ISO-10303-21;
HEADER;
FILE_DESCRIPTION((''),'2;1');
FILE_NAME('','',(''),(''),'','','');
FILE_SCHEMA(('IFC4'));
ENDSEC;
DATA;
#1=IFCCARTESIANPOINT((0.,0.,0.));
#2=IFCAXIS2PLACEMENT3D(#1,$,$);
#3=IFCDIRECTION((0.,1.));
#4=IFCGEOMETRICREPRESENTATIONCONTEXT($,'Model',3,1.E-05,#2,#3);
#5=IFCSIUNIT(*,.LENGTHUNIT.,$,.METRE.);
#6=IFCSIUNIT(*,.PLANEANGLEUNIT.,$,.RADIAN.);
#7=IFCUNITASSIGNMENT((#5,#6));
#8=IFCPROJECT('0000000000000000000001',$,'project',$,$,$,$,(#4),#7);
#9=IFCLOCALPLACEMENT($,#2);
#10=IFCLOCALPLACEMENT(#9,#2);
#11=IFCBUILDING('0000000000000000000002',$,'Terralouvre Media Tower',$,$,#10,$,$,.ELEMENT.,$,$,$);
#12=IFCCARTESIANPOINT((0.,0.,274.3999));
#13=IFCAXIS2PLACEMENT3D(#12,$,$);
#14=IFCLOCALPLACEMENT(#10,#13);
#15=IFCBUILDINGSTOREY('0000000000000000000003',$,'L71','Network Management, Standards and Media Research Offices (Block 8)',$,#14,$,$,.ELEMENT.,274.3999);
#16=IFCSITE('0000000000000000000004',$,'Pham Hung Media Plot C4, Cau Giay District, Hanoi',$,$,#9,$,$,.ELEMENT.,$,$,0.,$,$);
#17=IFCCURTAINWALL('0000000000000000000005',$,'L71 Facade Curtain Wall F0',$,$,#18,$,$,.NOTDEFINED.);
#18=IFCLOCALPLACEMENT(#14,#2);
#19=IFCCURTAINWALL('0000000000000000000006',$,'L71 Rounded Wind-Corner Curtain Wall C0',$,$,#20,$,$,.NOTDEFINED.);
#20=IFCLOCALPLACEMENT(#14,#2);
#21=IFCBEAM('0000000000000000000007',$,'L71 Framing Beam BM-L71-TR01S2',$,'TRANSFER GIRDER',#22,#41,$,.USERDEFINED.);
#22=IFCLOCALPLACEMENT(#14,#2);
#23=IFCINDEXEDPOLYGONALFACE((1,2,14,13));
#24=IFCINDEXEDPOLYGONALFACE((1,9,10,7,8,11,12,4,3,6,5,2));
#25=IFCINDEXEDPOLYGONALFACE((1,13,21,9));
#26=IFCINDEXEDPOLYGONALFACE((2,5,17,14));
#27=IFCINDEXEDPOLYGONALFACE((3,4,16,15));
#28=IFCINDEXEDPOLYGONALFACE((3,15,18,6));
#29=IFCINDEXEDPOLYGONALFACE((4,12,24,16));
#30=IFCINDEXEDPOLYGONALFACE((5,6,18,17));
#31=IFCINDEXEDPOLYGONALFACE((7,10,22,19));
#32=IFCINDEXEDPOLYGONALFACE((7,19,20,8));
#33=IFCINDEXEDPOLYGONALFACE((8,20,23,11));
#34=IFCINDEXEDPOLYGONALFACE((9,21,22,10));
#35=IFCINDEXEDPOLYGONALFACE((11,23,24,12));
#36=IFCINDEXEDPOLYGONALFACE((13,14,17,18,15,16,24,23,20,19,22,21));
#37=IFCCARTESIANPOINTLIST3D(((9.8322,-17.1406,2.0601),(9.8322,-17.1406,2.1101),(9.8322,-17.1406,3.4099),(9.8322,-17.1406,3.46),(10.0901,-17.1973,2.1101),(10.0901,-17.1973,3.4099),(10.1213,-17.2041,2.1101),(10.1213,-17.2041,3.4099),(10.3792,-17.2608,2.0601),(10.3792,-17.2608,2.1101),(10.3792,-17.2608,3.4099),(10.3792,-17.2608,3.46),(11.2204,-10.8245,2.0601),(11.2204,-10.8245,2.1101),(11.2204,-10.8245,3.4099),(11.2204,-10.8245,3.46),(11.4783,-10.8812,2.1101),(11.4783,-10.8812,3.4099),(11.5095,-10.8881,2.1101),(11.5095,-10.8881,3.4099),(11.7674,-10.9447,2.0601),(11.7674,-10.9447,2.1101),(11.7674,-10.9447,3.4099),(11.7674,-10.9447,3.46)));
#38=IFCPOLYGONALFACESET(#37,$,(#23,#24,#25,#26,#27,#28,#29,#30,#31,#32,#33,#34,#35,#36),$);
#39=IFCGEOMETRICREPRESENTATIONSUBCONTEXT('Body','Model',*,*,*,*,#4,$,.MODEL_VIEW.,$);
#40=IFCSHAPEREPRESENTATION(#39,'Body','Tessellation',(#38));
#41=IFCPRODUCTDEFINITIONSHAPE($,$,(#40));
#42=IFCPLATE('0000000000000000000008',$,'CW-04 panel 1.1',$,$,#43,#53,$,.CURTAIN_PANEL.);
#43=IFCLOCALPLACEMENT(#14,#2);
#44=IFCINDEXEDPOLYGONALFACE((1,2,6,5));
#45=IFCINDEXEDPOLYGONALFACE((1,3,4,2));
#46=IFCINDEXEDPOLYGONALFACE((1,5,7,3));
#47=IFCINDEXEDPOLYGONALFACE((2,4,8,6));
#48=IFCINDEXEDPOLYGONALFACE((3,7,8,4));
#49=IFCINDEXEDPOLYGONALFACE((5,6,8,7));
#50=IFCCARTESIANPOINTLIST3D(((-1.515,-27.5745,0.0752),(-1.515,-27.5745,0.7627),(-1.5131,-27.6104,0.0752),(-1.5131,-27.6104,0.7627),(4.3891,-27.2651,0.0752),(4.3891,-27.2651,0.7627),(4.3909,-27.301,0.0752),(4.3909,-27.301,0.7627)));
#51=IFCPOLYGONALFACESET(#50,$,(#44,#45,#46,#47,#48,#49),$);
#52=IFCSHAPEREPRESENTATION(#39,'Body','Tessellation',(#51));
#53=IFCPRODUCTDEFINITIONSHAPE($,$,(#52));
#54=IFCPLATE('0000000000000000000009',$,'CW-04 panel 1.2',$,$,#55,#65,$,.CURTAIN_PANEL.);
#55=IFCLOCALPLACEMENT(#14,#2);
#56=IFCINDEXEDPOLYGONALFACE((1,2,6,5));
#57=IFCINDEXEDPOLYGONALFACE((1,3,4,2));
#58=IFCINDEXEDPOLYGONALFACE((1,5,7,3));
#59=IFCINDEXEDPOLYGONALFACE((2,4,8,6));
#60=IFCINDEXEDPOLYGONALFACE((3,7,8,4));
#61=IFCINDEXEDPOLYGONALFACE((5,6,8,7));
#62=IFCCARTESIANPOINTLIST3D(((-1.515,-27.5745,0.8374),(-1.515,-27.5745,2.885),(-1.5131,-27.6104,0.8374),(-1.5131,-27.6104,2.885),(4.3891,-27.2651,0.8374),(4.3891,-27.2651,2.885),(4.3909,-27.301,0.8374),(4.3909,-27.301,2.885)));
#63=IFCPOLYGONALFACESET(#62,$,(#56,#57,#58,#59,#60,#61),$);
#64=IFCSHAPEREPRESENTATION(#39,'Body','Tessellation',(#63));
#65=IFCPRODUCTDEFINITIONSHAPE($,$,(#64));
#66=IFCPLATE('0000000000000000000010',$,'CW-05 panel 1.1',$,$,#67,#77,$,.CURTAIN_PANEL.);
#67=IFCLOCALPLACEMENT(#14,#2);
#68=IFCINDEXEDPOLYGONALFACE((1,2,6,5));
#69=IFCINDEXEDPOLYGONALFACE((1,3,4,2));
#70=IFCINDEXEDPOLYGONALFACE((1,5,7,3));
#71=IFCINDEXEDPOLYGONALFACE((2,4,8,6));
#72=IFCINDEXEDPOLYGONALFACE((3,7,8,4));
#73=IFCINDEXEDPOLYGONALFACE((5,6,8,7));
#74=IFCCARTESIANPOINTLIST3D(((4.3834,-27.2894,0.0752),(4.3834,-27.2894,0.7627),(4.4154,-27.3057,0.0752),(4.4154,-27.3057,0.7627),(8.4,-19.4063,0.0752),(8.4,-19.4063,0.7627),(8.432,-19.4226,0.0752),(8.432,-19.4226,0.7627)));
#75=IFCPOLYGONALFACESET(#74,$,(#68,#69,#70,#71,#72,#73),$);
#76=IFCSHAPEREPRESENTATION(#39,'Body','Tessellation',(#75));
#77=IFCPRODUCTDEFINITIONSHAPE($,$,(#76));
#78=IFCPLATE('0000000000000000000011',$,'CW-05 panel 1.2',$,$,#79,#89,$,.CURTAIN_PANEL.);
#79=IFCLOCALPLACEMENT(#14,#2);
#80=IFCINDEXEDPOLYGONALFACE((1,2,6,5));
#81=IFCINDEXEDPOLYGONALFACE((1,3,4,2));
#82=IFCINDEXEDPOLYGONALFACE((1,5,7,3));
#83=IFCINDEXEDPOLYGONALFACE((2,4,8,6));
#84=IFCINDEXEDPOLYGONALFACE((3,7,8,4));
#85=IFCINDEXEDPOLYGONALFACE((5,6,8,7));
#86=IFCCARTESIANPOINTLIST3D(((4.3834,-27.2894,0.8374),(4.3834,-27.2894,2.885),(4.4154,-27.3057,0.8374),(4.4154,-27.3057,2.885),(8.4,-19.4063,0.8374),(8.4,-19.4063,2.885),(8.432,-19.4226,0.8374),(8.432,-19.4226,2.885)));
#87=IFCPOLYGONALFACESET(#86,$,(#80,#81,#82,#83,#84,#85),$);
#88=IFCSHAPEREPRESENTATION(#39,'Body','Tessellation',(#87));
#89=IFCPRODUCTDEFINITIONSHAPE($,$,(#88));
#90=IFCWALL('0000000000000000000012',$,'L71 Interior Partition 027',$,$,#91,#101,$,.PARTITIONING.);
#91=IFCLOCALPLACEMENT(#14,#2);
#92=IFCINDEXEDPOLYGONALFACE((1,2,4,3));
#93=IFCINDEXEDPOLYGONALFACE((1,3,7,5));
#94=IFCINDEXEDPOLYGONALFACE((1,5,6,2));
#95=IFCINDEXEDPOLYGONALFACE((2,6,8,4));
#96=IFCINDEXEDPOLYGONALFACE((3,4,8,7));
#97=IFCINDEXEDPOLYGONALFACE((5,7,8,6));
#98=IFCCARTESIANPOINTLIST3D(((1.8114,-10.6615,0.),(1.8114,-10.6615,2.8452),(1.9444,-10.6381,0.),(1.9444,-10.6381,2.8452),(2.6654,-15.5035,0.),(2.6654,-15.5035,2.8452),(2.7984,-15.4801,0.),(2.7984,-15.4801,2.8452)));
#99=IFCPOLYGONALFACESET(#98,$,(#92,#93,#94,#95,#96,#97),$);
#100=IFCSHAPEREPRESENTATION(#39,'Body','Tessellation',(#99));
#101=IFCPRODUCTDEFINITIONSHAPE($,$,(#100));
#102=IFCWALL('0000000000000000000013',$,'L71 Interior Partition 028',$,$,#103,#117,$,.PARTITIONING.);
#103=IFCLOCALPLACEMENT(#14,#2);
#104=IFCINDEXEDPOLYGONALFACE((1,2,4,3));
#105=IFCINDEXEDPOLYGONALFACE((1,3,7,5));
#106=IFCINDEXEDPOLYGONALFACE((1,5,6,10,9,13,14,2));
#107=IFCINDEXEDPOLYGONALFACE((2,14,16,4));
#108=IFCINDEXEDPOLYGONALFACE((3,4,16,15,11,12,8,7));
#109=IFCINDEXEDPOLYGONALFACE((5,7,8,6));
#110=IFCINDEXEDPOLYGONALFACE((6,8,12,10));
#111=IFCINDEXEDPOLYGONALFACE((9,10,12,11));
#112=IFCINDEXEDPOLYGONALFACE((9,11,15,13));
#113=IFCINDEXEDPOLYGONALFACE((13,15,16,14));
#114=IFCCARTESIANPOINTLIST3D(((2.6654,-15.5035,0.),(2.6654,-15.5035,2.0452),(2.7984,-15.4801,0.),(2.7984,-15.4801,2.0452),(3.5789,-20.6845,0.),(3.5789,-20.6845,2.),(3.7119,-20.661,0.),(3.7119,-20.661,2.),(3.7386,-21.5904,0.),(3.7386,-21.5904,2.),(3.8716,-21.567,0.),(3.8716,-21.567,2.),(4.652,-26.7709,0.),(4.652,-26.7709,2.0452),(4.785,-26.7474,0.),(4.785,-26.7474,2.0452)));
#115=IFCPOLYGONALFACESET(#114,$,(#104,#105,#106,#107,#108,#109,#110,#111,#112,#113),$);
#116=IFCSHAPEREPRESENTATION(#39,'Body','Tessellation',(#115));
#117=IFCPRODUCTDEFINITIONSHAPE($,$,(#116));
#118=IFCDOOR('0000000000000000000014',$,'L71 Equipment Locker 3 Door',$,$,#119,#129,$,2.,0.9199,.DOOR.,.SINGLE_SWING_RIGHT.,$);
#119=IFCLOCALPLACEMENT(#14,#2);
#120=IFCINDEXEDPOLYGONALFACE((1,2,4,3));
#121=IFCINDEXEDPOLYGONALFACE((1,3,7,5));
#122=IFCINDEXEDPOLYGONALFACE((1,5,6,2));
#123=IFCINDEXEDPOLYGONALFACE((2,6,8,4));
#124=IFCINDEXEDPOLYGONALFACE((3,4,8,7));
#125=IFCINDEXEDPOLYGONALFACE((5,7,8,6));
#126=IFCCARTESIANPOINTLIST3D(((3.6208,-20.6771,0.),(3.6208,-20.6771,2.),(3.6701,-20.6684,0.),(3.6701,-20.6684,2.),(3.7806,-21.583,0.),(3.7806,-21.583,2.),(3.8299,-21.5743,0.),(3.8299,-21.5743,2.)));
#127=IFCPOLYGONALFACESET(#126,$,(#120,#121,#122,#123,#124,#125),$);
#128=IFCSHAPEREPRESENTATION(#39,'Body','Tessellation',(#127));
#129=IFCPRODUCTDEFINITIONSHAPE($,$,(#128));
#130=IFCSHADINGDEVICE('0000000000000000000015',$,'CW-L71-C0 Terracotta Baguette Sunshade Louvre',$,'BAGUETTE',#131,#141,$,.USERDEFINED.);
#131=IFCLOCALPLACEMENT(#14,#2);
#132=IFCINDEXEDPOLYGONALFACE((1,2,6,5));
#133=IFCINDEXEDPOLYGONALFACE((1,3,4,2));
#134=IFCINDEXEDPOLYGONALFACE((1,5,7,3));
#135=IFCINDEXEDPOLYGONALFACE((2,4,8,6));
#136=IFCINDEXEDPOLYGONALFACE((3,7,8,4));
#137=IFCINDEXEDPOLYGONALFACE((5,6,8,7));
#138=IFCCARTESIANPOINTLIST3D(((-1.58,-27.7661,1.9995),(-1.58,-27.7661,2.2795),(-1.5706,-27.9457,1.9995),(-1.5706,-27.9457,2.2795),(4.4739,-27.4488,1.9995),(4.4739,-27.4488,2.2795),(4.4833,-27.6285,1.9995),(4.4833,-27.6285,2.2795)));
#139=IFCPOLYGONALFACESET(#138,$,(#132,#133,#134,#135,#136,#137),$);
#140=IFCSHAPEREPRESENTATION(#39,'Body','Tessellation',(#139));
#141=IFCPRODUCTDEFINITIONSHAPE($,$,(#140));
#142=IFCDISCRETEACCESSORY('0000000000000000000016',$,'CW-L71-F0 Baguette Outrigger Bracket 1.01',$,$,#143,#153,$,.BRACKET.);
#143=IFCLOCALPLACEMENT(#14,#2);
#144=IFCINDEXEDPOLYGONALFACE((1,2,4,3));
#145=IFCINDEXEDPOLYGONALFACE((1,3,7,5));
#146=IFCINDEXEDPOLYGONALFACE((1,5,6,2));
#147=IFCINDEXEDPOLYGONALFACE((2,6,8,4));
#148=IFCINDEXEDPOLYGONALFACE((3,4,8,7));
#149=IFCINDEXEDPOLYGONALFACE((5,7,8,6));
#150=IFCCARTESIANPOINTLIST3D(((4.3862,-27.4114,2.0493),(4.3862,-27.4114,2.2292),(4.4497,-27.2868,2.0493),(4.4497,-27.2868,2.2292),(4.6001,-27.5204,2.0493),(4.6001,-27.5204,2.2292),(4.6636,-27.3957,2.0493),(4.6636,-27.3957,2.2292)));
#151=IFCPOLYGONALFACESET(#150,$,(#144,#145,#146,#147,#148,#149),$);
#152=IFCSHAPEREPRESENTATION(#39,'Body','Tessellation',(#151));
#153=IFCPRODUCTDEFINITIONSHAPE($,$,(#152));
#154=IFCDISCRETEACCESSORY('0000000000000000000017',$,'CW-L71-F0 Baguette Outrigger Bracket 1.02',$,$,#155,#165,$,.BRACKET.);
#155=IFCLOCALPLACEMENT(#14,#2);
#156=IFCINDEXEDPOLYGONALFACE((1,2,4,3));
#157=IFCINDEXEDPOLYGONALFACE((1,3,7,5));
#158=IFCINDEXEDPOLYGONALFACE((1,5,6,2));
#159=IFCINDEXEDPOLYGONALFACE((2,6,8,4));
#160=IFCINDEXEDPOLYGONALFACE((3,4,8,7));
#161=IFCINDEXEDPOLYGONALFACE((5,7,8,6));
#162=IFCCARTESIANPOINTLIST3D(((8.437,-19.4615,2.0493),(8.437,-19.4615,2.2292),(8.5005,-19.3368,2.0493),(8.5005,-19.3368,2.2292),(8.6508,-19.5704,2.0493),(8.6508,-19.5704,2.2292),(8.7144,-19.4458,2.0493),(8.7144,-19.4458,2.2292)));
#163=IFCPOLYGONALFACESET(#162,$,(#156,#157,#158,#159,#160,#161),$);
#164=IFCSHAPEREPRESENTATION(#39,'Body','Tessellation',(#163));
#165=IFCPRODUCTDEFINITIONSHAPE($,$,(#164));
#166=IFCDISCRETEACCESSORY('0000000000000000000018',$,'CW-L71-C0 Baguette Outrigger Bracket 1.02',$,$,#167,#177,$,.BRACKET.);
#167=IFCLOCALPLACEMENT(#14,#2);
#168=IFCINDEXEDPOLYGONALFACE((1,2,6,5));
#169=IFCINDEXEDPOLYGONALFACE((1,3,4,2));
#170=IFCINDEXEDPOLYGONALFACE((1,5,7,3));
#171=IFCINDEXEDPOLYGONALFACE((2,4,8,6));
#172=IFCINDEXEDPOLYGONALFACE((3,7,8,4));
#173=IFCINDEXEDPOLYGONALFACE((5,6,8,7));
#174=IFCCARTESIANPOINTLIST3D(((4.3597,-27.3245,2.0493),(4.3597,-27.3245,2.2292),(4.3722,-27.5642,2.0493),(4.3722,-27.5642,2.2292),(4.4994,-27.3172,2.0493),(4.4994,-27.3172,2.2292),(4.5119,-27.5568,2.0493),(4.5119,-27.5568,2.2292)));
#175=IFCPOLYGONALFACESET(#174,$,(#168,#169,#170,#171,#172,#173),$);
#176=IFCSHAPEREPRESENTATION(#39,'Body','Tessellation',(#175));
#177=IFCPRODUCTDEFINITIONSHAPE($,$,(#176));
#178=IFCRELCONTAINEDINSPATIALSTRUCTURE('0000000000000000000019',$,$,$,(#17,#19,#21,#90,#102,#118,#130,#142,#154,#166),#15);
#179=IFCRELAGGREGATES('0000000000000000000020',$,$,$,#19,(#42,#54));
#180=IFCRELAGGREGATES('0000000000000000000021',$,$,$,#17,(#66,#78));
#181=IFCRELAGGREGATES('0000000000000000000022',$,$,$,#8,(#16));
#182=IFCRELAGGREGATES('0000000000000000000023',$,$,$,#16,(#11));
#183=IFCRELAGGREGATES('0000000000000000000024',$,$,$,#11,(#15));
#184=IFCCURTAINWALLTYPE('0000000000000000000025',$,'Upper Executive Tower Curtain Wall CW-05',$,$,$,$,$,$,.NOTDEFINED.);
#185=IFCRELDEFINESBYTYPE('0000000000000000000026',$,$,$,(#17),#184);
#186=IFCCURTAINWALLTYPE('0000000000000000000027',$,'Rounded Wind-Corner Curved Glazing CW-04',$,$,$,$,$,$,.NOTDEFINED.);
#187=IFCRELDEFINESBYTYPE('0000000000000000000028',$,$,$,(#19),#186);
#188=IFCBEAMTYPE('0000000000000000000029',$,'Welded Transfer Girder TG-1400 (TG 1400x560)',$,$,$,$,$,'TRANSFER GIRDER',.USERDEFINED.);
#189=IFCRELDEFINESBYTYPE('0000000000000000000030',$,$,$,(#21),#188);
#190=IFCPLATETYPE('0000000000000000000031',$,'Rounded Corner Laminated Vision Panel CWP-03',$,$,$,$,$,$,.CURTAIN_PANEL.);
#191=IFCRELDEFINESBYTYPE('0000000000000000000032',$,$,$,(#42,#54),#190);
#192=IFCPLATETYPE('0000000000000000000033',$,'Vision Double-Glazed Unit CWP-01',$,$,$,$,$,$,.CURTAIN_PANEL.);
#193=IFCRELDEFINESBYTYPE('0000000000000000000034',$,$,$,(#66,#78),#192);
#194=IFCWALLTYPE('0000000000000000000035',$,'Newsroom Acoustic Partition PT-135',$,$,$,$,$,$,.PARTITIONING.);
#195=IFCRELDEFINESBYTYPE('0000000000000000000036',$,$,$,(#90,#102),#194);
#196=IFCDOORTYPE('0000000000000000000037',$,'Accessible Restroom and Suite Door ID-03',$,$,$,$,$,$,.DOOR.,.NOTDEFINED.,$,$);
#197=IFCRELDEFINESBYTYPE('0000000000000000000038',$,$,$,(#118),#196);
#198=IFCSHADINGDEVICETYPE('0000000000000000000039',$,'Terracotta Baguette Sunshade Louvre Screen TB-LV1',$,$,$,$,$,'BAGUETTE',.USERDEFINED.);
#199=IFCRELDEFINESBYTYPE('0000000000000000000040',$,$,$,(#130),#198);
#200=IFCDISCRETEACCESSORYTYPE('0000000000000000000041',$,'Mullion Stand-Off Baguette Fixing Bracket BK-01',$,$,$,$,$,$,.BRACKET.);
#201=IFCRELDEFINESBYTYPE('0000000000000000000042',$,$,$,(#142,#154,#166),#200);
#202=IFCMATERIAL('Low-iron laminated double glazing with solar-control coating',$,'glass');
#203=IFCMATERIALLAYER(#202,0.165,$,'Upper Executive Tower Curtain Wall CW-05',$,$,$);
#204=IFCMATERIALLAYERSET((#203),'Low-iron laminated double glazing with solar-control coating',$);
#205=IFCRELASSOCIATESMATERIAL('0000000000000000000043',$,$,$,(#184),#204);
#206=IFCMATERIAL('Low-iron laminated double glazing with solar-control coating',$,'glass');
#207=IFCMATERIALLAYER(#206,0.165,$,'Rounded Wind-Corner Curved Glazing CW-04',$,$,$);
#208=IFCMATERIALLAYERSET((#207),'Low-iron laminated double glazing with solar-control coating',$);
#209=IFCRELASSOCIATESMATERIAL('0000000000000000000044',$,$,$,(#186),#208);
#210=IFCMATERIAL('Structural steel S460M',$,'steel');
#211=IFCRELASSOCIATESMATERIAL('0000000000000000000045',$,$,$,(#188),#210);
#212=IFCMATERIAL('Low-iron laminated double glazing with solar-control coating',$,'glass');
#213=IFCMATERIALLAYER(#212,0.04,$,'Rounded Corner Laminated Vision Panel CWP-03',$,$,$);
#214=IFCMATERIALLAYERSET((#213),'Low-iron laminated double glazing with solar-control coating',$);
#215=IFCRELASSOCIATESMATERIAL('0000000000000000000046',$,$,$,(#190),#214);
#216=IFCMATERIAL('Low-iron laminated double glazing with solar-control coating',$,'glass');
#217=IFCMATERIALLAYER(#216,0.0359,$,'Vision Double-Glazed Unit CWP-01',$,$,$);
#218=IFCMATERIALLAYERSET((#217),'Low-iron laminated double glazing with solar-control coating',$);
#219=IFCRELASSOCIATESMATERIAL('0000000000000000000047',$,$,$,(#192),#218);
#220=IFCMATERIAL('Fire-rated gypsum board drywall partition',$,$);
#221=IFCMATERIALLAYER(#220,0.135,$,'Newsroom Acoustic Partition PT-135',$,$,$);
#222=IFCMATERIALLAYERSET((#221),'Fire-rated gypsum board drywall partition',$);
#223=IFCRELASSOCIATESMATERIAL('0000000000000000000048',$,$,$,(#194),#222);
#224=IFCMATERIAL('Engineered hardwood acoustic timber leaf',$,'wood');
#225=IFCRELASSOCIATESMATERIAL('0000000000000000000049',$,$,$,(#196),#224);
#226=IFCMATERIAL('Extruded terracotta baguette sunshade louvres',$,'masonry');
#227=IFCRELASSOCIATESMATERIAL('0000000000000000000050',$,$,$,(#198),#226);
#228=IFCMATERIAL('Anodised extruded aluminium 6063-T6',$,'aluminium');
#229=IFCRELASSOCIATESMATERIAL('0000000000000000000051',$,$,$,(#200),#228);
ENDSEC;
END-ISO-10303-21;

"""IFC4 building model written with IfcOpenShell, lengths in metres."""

from ifc_helpers import new_model, si_unit, direction, frame, frame_2d, origin, origin_2d, place, context, subcontext, project, spatial, rectangle, i_section, extrude, material, layer, layer_set, material_profile, profile_set, type_object, element, fill, aggregate, save


model = new_model("IFC4")

# Units and contexts
model_context = context("Model", 3, precision=1e-05, world=origin(), true_north=direction((0.0, 1.0)))
body_context = subcontext(model_context, "Body", "Model", "MODEL_VIEW")
ifc_project = project(units=[si_unit("LENGTHUNIT", "METRE"), si_unit("PLANEANGLEUNIT", "RADIAN")], contexts=[model_context])

# Site, building, storey
site_placement = place(None, origin())
site = spatial("IfcSite", under=ifc_project, at=site_placement, Name="Pham Hung Media Plot C4, Cau Giay District, Hanoi", CompositionType="ELEMENT", RefElevation=0.0)
building_placement = place(site_placement, origin())
building = spatial("IfcBuilding", under=site, at=building_placement, Name="Terralouvre Media Tower", CompositionType="ELEMENT")
storey_placement = place(building_placement, frame((0.0, 0.0, 274.3999)))
storey = spatial("IfcBuildingStorey", under=building, at=storey_placement, Name="L71", Description="Network Management, Standards and Media Research Offices (Block 8)", CompositionType="ELEMENT", Elevation=274.3999)

# Curtain wall
ifc_material_1 = material(Name="Low-iron laminated double glazing with solar-control coating", Category="glass")
ifc_layer_1 = layer(ifc_material_1, 0.165, Name="Upper Executive Tower Curtain Wall CW-05")
ifc_layer_set_1 = layer_set([ifc_layer_1], Name="Low-iron laminated double glazing with solar-control coating")
curtain_wall_type_1 = type_object("IfcCurtainWallType", Name="Upper Executive Tower Curtain Wall CW-05", PredefinedType="NOTDEFINED", material=ifc_layer_set_1)
curtain_wall_1_placement = place(storey_placement, origin())
curtain_wall_1 = element("IfcCurtainWall", 1, at=curtain_wall_1_placement, inside=storey, type_object=curtain_wall_type_1, Name="L71 Facade Curtain Wall F0", PredefinedType="NOTDEFINED")

# Curtain wall
ifc_material_2 = material(Name="Low-iron laminated double glazing with solar-control coating", Category="glass")
ifc_layer_2 = layer(ifc_material_2, 0.165, Name="Rounded Wind-Corner Curved Glazing CW-04")
ifc_layer_set_2 = layer_set([ifc_layer_2], Name="Low-iron laminated double glazing with solar-control coating")
curtain_wall_type_2 = type_object("IfcCurtainWallType", Name="Rounded Wind-Corner Curved Glazing CW-04", PredefinedType="NOTDEFINED", material=ifc_layer_set_2)
curtain_wall_2_placement = place(storey_placement, origin())
curtain_wall_2 = element("IfcCurtainWall", 2, at=curtain_wall_2_placement, inside=storey, type_object=curtain_wall_type_2, Name="L71 Rounded Wind-Corner Curtain Wall C0", PredefinedType="NOTDEFINED")

# Beam
ifc_material_3 = material(Name="Structural steel S460M", Category="steel")
ifc_material_profile_1 = material_profile(ifc_material_3, i_section(OverallWidth=0.5601, OverallDepth=1.3999, WebThickness=0.032, FlangeThickness=0.05, at=origin_2d()), Name="TG 1400x560")
ifc_profile_set_1 = profile_set([ifc_material_profile_1], Name="Structural steel S460M")
beam_type = type_object("IfcBeamType", Name="Welded Transfer Girder TG-1400 (TG 1400x560)", ElementType="TRANSFER GIRDER", PredefinedType="USERDEFINED", material=ifc_profile_set_1)
beam_1_placement = place(storey_placement, frame((10.1057, -17.2007, 2.76), z_axis=(0.214659, 0.976689, 0.0), x_axis=(-0.976689, 0.214659, 0.0)))
element("IfcBeam", 3, at=beam_1_placement, inside=storey, type_object=beam_type, Name="L71 Framing Beam BM-L71-TR01S2", ObjectType="TRANSFER GIRDER", PredefinedType="USERDEFINED", context=body_context, shape_type="SweptSolid", body=[
    extrude(i_section(OverallWidth=0.5601, OverallDepth=1.3999, WebThickness=0.032, FlangeThickness=0.05, at=origin_2d()), origin(), (0.0, 0.0, 1.0), 6.4668),
])

# Plates
ifc_material_4 = material(Name="Low-iron laminated double glazing with solar-control coating", Category="glass")
ifc_layer_3 = layer(ifc_material_4, 0.04, Name="Rounded Corner Laminated Vision Panel CWP-03")
ifc_layer_set_3 = layer_set([ifc_layer_3], Name="Low-iron laminated double glazing with solar-control coating")
plate_type_1 = type_object("IfcPlateType", Name="Rounded Corner Laminated Vision Panel CWP-03", PredefinedType="CURTAIN_PANEL", material=ifc_layer_set_3)
plate_1_placement = place(storey_placement, frame((1.438, -27.4377, 0.0752), z_axis=(0.0, 0.0, 1.0), x_axis=(0.99863, 0.052336, 0.0)))
plate_1 = element("IfcPlate", 4, at=plate_1_placement, type_object=plate_type_1, Name="CW-04 panel 1.1", PredefinedType="CURTAIN_PANEL", context=body_context, shape_type="SweptSolid", body=[
    extrude(rectangle(XDim=5.9121, YDim=0.0359, at=origin_2d()), origin(), (0.0, 0.0, 1.0), 0.6875),
])
plate_2_placement = place(storey_placement, frame((1.438, -27.4377, 0.8374), z_axis=(0.0, 0.0, 1.0), x_axis=(0.99863, 0.052336, 0.0)))
plate_2 = element("IfcPlate", 5, at=plate_2_placement, type_object=plate_type_1, Name="CW-04 panel 1.2", PredefinedType="CURTAIN_PANEL", context=body_context, shape_type="SweptSolid", body=[
    extrude(rectangle(XDim=5.9121, YDim=0.0359, at=origin_2d()), origin(), (0.0, 0.0, 1.0), 2.0476),
])
aggregate(curtain_wall_2, [plate_1, plate_2])
ifc_material_5 = material(Name="Low-iron laminated double glazing with solar-control coating", Category="glass")
ifc_layer_4 = layer(ifc_material_5, 0.0359, Name="Vision Double-Glazed Unit CWP-01")
ifc_layer_set_4 = layer_set([ifc_layer_4], Name="Low-iron laminated double glazing with solar-control coating")
plate_type_2 = type_object("IfcPlateType", Name="Vision Double-Glazed Unit CWP-01", PredefinedType="CURTAIN_PANEL", material=ifc_layer_set_4)
plate_3_placement = place(storey_placement, frame((6.4077, -23.356, 0.0752), z_axis=(0.0, 0.0, 1.0), x_axis=(0.45399, 0.891007, 0.0)))
plate_3 = element("IfcPlate", 6, at=plate_3_placement, type_object=plate_type_2, Name="CW-05 panel 1.1", PredefinedType="CURTAIN_PANEL", context=body_context, shape_type="SweptSolid", body=[
    extrude(rectangle(XDim=8.8474, YDim=0.0359, at=origin_2d()), origin(), (0.0, 0.0, 1.0), 0.6875),
])
plate_4_placement = place(storey_placement, frame((6.4077, -23.356, 0.8374), z_axis=(0.0, 0.0, 1.0), x_axis=(0.45399, 0.891007, 0.0)))
plate_4 = element("IfcPlate", 7, at=plate_4_placement, type_object=plate_type_2, Name="CW-05 panel 1.2", PredefinedType="CURTAIN_PANEL", context=body_context, shape_type="SweptSolid", body=[
    extrude(rectangle(XDim=8.8474, YDim=0.0359, at=origin_2d()), origin(), (0.0, 0.0, 1.0), 2.0476),
])
aggregate(curtain_wall_1, [plate_3, plate_4])

# Wall
ifc_material_6 = material(Name="Fire-rated gypsum board drywall partition")
ifc_layer_5 = layer(ifc_material_6, 0.135, Name="Newsroom Acoustic Partition PT-135")
ifc_layer_set_5 = layer_set([ifc_layer_5], Name="Fire-rated gypsum board drywall partition")
wall_type = type_object("IfcWallType", Name="Newsroom Acoustic Partition PT-135", PredefinedType="PARTITIONING", material=ifc_layer_set_5)
wall_1_placement = place(storey_placement, frame((2.7319, -15.4919, 0.0), z_axis=(0.0, 0.0, 1.0), x_axis=(-0.173692, 0.9848, 0.0)))
element("IfcWall", 8, at=wall_1_placement, inside=storey, type_object=wall_type, Name="L71 Interior Partition 027", PredefinedType="PARTITIONING", context=body_context, shape_type="SweptSolid", body=[
    extrude(rectangle(XDim=4.9167, YDim=0.135, at=frame_2d((2.4585, 0.0))), origin(), (0.0, 0.0, 1.0), 2.8452),
])

# Wall, opening, door
wall_2_placement = place(storey_placement, frame((4.7185, -26.7593, 0.0), z_axis=(0.0, 0.0, 1.0), x_axis=(-0.173634, 0.98481, 0.0)))
wall_2 = element("IfcWall", 9, at=wall_2_placement, inside=storey, type_object=wall_type, Name="L71 Interior Partition 028", PredefinedType="PARTITIONING", context=body_context, shape_type="SweptSolid", body=[
    extrude(rectangle(XDim=11.4412, YDim=0.135, at=frame_2d((5.7207, 0.0))), origin(), (0.0, 0.0, 1.0), 2.0452),
])
opening_placement = place(wall_2_placement, frame((5.2605, 0.0, 0.0)))
opening = element("IfcOpeningElement", 10, at=opening_placement, cuts=wall_2, PredefinedType="OPENING", context=body_context, shape_type="SweptSolid", body=[
    extrude(rectangle(XDim=0.9199, YDim=2.0, at=frame_2d((0.46, 1.0))), frame((0.0, 0.0774, 0.0), z_axis=(0.0, -1.0, 0.0), x_axis=(1.0, 0.0, 0.0)), (0.0, 0.0, 1.0), 0.155),
])
ifc_material_7 = material(Name="Engineered hardwood acoustic timber leaf", Category="wood")
door_type = type_object("IfcDoorType", Name="Accessible Restroom and Suite Door ID-03", OperationType="NOTDEFINED", PredefinedType="DOOR", material=ifc_material_7)
door_placement = place(opening_placement, origin())
door = element("IfcDoor", 11, at=door_placement, inside=storey, type_object=door_type, Name="L71 Equipment Locker 3 Door", OperationType="SINGLE_SWING_RIGHT", OverallHeight=2.0, OverallWidth=0.9199, PredefinedType="DOOR", context=body_context, shape_type="SweptSolid", body=[
    extrude(rectangle(XDim=0.9199, YDim=2.0, at=frame_2d((0.46, 1.0))), frame((0.0, 0.0249, 0.0), z_axis=(0.0, -1.0, 0.0), x_axis=(1.0, 0.0, 0.0)), (0.0, 0.0, 1.0), 0.05),
])
fill(opening, door)

# Shading device
ifc_material_8 = material(Name="Extruded terracotta baguette sunshade louvres", Category="masonry")
shading_device_type = type_object("IfcShadingDeviceType", Name="Terracotta Baguette Sunshade Louvre Screen TB-LV1", ElementType="BAGUETTE", PredefinedType="USERDEFINED", material=ifc_material_8)
shading_device_placement = place(storey_placement, frame((1.4517, -27.6973, 1.9995), z_axis=(0.0, 0.0, 1.0), x_axis=(0.99863, 0.052336, 0.0)))
element("IfcShadingDevice", 12, at=shading_device_placement, inside=storey, type_object=shading_device_type, Name="CW-L71-C0 Terracotta Baguette Sunshade Louvre", ObjectType="BAGUETTE", PredefinedType="USERDEFINED", context=body_context, shape_type="SweptSolid", body=[
    extrude(rectangle(XDim=6.0623, YDim=0.1799, at=origin_2d()), origin(), (0.0, 0.0, 1.0), 0.28),
])

# Discrete accessories
ifc_material_9 = material(Name="Anodised extruded aluminium 6063-T6", Category="aluminium")
discrete_accessory_type = type_object("IfcDiscreteAccessoryType", Name="Mullion Stand-Off Baguette Fixing Bracket BK-01", PredefinedType="BRACKET", material=ifc_material_9)
for number, where, z_axis, x_axis, name in (
    (13, (4.5249, -27.4036, 2.0493), (0.0, 0.0, 1.0), (0.45399, 0.891007, 0.0), "CW-L71-F0 Baguette Outrigger Bracket 1.01"),
    (14, (8.5757, -19.4536, 2.0493), (0.0, 0.0, 1.0), (0.45399, 0.891007, 0.0), "CW-L71-F0 Baguette Outrigger Bracket 1.02"),
    (15, (4.4358, -27.4407, 2.0493), (0.0, 0.0, 1.0), (0.99863, 0.052336, 0.0), "CW-L71-C0 Baguette Outrigger Bracket 1.02"),
):
    element("IfcDiscreteAccessory", number, at=place(storey_placement, frame(where, z_axis=z_axis, x_axis=x_axis)), inside=storey, type_object=discrete_accessory_type, Name=name, PredefinedType="BRACKET", context=body_context, shape_type="SweptSolid", body=[
        extrude(rectangle(XDim=0.1399, YDim=0.24, at=origin_2d()), origin(), (0.0, 0.0, 1.0), 0.1799),
    ])

save(model, "model.ifc")
